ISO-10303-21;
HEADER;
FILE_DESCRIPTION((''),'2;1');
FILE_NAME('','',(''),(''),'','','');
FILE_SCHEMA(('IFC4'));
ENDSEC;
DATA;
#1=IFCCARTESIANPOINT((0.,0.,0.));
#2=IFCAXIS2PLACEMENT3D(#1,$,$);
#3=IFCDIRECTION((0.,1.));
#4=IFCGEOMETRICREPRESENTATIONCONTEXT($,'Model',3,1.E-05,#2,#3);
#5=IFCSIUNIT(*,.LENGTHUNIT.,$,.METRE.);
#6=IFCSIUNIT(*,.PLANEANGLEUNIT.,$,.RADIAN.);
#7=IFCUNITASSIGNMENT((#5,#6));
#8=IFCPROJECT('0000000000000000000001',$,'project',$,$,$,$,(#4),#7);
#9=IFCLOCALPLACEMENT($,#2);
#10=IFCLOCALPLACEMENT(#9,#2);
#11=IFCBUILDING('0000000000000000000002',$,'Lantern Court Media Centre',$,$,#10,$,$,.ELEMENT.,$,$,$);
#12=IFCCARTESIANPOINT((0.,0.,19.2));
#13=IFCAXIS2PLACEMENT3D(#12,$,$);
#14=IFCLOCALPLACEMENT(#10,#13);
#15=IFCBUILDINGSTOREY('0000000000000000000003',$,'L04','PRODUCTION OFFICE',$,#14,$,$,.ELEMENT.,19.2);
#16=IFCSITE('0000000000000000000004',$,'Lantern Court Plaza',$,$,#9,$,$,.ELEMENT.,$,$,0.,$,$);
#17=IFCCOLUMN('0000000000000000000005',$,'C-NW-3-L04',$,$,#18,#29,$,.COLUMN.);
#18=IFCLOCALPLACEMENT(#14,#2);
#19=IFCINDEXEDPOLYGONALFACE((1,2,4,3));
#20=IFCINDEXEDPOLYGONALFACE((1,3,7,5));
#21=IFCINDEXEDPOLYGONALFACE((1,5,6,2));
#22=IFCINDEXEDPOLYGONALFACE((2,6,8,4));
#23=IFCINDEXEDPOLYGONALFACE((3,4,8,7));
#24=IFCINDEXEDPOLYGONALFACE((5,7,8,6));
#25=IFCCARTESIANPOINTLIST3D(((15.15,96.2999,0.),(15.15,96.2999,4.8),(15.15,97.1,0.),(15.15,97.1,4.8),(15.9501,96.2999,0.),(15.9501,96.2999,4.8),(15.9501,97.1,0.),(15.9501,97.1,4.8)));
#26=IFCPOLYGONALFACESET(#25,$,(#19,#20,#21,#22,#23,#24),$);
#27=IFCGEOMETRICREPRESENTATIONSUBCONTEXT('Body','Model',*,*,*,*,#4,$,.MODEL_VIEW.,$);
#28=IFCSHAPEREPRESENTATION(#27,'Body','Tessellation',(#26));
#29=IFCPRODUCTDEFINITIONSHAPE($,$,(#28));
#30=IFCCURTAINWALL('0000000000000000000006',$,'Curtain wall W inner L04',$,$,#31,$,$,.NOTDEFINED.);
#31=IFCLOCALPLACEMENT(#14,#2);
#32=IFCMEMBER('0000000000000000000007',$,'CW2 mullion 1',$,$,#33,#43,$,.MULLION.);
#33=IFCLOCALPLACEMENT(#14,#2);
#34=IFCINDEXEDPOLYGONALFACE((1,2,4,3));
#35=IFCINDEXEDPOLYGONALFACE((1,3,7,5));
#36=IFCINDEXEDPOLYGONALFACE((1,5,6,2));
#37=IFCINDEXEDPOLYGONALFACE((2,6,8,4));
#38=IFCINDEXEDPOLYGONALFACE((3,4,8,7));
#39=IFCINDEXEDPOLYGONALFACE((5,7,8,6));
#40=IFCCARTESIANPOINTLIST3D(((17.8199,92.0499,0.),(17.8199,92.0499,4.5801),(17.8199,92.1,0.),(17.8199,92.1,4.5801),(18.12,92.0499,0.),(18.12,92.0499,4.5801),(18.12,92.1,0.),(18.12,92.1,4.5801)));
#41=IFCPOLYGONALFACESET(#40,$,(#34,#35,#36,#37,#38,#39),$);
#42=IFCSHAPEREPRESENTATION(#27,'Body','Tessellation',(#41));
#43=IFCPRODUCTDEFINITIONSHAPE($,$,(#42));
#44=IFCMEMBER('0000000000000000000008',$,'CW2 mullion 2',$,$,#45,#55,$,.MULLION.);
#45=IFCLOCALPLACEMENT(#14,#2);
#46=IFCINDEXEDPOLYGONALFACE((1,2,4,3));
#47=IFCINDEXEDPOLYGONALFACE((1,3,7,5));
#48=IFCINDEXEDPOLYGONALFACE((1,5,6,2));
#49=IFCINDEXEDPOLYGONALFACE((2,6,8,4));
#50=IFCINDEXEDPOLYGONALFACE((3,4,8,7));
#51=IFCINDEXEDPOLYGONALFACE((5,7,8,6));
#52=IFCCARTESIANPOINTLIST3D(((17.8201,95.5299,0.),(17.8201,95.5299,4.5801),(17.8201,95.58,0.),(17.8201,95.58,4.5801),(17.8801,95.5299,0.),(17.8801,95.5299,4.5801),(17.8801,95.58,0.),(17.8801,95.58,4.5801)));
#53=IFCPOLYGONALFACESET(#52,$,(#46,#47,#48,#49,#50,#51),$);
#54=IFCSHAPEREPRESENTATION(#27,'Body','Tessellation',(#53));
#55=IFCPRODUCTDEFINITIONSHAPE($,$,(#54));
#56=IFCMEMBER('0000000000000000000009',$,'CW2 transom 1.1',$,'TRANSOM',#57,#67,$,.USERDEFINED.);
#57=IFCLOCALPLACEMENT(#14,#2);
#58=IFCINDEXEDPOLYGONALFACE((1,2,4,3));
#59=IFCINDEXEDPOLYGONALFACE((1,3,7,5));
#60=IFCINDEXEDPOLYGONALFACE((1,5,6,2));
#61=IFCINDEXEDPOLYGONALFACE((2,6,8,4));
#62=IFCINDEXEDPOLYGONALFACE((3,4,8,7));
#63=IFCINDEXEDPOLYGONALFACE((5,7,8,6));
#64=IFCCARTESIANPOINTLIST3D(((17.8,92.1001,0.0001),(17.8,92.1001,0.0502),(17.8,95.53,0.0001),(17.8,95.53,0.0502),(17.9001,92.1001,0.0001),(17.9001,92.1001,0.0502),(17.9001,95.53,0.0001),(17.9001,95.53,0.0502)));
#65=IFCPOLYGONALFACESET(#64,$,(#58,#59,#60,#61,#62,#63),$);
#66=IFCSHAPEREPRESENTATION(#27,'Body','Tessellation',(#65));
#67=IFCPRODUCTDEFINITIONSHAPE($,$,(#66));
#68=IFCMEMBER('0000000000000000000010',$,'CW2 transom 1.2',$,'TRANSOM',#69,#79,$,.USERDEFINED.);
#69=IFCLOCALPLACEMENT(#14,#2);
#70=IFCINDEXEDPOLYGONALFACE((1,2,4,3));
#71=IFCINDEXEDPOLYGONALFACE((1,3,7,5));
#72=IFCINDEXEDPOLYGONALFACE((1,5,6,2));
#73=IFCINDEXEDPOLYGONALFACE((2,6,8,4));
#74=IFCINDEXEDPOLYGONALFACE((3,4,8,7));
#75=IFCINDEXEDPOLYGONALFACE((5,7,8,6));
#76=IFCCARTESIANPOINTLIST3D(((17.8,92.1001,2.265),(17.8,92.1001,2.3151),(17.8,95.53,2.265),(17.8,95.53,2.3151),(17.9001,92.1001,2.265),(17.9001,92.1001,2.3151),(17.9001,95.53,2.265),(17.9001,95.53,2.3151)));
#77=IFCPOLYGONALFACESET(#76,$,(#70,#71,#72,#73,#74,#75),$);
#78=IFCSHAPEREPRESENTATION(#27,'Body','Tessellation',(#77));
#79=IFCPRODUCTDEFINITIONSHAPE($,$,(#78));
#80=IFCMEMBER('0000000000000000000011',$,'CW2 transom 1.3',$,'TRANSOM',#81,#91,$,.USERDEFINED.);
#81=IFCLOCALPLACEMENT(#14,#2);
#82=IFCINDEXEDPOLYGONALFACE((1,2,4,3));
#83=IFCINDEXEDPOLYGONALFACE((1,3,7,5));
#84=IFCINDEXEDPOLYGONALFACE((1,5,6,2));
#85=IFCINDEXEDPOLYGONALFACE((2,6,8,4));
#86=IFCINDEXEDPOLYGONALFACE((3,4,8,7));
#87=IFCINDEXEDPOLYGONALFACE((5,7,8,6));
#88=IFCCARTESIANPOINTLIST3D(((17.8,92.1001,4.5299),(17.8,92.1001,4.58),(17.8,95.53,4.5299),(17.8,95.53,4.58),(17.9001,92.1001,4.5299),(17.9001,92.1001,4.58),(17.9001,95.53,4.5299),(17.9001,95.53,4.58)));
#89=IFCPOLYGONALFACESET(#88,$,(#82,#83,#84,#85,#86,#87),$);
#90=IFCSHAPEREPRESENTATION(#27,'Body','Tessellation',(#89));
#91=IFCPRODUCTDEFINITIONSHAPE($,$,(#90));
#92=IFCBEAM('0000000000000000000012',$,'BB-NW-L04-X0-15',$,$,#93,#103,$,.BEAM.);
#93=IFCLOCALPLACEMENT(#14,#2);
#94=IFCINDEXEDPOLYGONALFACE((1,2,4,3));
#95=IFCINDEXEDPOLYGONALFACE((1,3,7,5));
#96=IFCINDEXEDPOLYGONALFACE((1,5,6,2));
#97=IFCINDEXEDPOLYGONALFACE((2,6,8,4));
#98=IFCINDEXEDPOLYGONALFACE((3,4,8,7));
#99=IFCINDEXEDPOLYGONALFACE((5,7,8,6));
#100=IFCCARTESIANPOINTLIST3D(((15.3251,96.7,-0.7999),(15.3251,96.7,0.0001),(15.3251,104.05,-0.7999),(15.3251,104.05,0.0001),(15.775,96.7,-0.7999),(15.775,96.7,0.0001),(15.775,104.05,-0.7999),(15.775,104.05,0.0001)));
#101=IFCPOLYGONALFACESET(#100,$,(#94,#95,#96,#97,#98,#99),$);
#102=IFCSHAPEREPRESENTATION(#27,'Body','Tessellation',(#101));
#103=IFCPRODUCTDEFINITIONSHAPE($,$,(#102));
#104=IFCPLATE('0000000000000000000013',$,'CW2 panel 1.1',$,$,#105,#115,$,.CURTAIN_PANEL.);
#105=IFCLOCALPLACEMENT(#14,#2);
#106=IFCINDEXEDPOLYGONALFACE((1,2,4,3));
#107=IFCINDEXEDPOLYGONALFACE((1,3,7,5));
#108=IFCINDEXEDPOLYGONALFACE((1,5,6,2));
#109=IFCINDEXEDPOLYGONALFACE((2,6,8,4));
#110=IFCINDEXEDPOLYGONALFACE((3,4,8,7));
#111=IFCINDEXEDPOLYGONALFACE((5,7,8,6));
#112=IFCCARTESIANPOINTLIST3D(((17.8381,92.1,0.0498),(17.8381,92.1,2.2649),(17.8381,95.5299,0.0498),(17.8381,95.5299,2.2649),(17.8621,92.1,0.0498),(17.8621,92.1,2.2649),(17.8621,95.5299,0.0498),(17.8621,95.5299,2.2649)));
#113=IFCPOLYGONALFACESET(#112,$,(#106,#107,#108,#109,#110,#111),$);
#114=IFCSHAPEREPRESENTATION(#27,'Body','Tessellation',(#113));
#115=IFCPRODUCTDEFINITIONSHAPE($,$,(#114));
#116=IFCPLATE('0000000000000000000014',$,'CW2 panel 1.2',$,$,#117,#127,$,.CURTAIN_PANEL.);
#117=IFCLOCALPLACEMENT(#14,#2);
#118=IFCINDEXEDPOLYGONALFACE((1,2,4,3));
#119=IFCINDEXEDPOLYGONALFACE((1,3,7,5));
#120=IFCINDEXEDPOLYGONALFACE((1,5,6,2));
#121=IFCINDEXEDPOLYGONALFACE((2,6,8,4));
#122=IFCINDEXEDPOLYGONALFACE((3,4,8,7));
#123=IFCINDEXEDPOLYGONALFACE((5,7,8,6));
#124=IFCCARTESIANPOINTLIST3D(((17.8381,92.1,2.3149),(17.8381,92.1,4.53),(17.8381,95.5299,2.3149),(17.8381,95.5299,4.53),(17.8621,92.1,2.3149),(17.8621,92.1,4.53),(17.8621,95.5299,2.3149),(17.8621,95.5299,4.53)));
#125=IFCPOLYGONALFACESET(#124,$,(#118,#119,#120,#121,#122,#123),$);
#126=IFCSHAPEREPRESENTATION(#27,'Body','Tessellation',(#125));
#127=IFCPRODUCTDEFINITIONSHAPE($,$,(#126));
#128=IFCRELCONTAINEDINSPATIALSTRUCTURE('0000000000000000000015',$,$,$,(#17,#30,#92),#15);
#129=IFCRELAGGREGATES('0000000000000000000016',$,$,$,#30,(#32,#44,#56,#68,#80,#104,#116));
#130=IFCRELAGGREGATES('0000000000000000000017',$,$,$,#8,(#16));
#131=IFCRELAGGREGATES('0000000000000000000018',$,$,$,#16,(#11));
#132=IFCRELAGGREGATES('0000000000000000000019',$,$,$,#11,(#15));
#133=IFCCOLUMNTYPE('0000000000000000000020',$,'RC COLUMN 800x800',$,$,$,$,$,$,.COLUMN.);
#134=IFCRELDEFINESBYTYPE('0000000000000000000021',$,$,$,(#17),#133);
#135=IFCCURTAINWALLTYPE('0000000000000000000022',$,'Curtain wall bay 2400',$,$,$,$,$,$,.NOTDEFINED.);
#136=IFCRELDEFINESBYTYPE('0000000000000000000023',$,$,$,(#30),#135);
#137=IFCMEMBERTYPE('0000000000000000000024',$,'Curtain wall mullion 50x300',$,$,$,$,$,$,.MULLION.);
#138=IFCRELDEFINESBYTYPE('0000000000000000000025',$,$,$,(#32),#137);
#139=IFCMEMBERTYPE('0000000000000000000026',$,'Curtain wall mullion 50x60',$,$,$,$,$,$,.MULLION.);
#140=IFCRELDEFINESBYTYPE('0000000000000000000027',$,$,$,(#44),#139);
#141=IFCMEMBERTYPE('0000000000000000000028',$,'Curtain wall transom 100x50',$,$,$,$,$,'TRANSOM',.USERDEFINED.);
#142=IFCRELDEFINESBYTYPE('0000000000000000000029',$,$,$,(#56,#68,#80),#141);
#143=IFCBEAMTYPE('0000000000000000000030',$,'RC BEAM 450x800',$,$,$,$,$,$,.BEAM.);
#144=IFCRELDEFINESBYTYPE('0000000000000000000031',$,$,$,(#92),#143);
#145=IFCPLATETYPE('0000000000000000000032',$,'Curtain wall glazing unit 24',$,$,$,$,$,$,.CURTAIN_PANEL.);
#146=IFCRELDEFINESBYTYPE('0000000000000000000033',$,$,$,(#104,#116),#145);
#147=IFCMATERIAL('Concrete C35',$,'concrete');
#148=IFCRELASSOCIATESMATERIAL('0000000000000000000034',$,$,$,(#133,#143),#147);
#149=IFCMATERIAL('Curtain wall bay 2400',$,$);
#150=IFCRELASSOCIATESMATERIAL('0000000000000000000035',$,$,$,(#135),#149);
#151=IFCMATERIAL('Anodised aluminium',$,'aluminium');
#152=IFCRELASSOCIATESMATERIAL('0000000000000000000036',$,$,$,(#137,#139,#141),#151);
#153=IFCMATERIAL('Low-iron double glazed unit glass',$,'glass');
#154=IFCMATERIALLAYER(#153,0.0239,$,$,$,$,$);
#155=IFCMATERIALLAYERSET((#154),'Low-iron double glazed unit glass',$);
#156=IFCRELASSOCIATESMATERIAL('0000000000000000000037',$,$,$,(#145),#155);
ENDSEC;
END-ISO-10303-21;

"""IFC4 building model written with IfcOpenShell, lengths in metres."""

from ifc_helpers import new_model, si_unit, direction, frame, origin, origin_2d, place, context, subcontext, project, spatial, rectangle, extrude, material, layer, layer_set, material_profile, profile_set, type_object, element, aggregate, save


model = new_model("IFC4")

# Units and contexts
model_context = context("Model", 3, precision=1e-05, world=origin(), true_north=direction((0.0, 1.0)))
body_context = subcontext(model_context, "Body", "Model", "MODEL_VIEW")
ifc_project = project(units=[si_unit("LENGTHUNIT", "METRE"), si_unit("PLANEANGLEUNIT", "RADIAN")], contexts=[model_context])

# Site, building, storey
site_placement = place(None, origin())
site = spatial("IfcSite", under=ifc_project, at=site_placement, Name="Lantern Court Plaza", CompositionType="ELEMENT", RefElevation=0.0)
building_placement = place(site_placement, origin())
building = spatial("IfcBuilding", under=site, at=building_placement, Name="Lantern Court Media Centre", CompositionType="ELEMENT")
storey_placement = place(building_placement, frame((0.0, 0.0, 19.2)))
storey = spatial("IfcBuildingStorey", under=building, at=storey_placement, Name="L04", Description="PRODUCTION OFFICE", CompositionType="ELEMENT", Elevation=19.2)

# Column
ifc_material_1 = material(Name="Concrete C35", Category="concrete")
ifc_material_profile_1 = material_profile(ifc_material_1, rectangle(XDim=0.8, YDim=0.8, at=origin_2d()), Name="RC 800x800")
ifc_profile_set_1 = profile_set([ifc_material_profile_1], Name="Concrete C35")
column_type = type_object("IfcColumnType", Name="RC COLUMN 800x800", PredefinedType="COLUMN", material=ifc_profile_set_1)
column_placement = place(storey_placement, frame((15.55, 96.7, 0.0), z_axis=(0.0, 0.0, 1.0), x_axis=(1.0, 0.0, 0.0)))
element("IfcColumn", 1, at=column_placement, inside=storey, type_object=column_type, Name="C-NW-3-L04", PredefinedType="COLUMN", context=body_context, shape_type="SweptSolid", body=[
    extrude(rectangle(XDim=0.8, YDim=0.8, at=origin_2d()), origin(), (0.0, 0.0, 1.0), 4.8),
])

# Curtain wall, members
ifc_material_2 = material(Name="Curtain wall bay 2400")
curtain_wall_type = type_object("IfcCurtainWallType", Name="Curtain wall bay 2400", PredefinedType="NOTDEFINED", material=ifc_material_2)
curtain_wall_placement = place(storey_placement, origin())
curtain_wall = element("IfcCurtainWall", 2, at=curtain_wall_placement, inside=storey, type_object=curtain_wall_type, Name="Curtain wall W inner L04", PredefinedType="NOTDEFINED")
ifc_material_3 = material(Name="Anodised aluminium", Category="aluminium")
ifc_material_profile_2 = material_profile(ifc_material_3, rectangle(XDim=0.3, YDim=0.05, at=origin_2d()), Name="AL 50x300")
ifc_profile_set_2 = profile_set([ifc_material_profile_2], Name="Anodised aluminium")
member_type_1 = type_object("IfcMemberType", Name="Curtain wall mullion 50x300", PredefinedType="MULLION", material=ifc_profile_set_2)
member_1_placement = place(storey_placement, frame((17.97, 92.075, 0.0), z_axis=(0.0, 0.0, 1.0), x_axis=(-1.0, 0.0, 0.0)))
member_1 = element("IfcMember", 3, at=member_1_placement, type_object=member_type_1, Name="CW2 mullion 1", PredefinedType="MULLION", context=body_context, shape_type="SweptSolid", body=[
    extrude(rectangle(XDim=0.3, YDim=0.05, at=origin_2d()), origin(), (0.0, 0.0, 1.0), 4.5801),
])
ifc_material_profile_3 = material_profile(ifc_material_3, rectangle(XDim=0.0601, YDim=0.05, at=origin_2d()), Name="AL 50x60")
ifc_profile_set_3 = profile_set([ifc_material_profile_3], Name="Anodised aluminium")
member_type_2 = type_object("IfcMemberType", Name="Curtain wall mullion 50x60", PredefinedType="MULLION", material=ifc_profile_set_3)
member_2_placement = place(storey_placement, frame((17.8501, 95.5549, 0.0), z_axis=(0.0, 0.0, 1.0), x_axis=(-1.0, 0.0, 0.0)))
member_2 = element("IfcMember", 4, at=member_2_placement, type_object=member_type_2, Name="CW2 mullion 2", PredefinedType="MULLION", context=body_context, shape_type="SweptSolid", body=[
    extrude(rectangle(XDim=0.0601, YDim=0.05, at=origin_2d()), origin(), (0.0, 0.0, 1.0), 4.5801),
])
ifc_material_profile_4 = material_profile(ifc_material_3, rectangle(XDim=0.1001, YDim=0.05, at=origin_2d()), Name="AL 50x100")
ifc_profile_set_4 = profile_set([ifc_material_profile_4], Name="Anodised aluminium")
member_type_3 = type_object("IfcMemberType", Name="Curtain wall transom 100x50", ElementType="TRANSOM", PredefinedType="USERDEFINED", material=ifc_profile_set_4)
member_3_placement = place(storey_placement, frame((17.8501, 92.1001, 0.0251), z_axis=(0.0, 1.0, 0.0), x_axis=(-1.0, 0.0, 0.0)))
member_3 = element("IfcMember", 5, at=member_3_placement, type_object=member_type_3, Name="CW2 transom 1.1", ObjectType="TRANSOM", PredefinedType="USERDEFINED", context=body_context, shape_type="SweptSolid", body=[
    extrude(rectangle(XDim=0.1001, YDim=0.05, at=origin_2d()), origin(), (0.0, 0.0, 1.0), 3.4299),
])
member_4_placement = place(storey_placement, frame((17.8501, 92.1001, 2.29), z_axis=(0.0, 1.0, 0.0), x_axis=(-1.0, 0.0, 0.0)))
member_4 = element("IfcMember", 6, at=member_4_placement, type_object=member_type_3, Name="CW2 transom 1.2", ObjectType="TRANSOM", PredefinedType="USERDEFINED", context=body_context, shape_type="SweptSolid", body=[
    extrude(rectangle(XDim=0.1001, YDim=0.05, at=origin_2d()), origin(), (0.0, 0.0, 1.0), 3.4299),
])
member_5_placement = place(storey_placement, frame((17.8501, 92.1001, 4.5549), z_axis=(0.0, 1.0, 0.0), x_axis=(-1.0, 0.0, 0.0)))
member_5 = element("IfcMember", 7, at=member_5_placement, type_object=member_type_3, Name="CW2 transom 1.3", ObjectType="TRANSOM", PredefinedType="USERDEFINED", context=body_context, shape_type="SweptSolid", body=[
    extrude(rectangle(XDim=0.1001, YDim=0.05, at=origin_2d()), origin(), (0.0, 0.0, 1.0), 3.4299),
])

# Beam
ifc_material_profile_5 = material_profile(ifc_material_1, rectangle(XDim=0.45, YDim=0.8, at=origin_2d()), Name="RC 450x800")
ifc_profile_set_5 = profile_set([ifc_material_profile_5], Name="Concrete C35")
beam_type = type_object("IfcBeamType", Name="RC BEAM 450x800", PredefinedType="BEAM", material=ifc_profile_set_5)
beam_placement = place(storey_placement, frame((15.55, 96.7, -0.3999), z_axis=(0.0, 1.0, 0.0), x_axis=(-1.0, 0.0, 0.0)))
element("IfcBeam", 8, at=beam_placement, inside=storey, type_object=beam_type, Name="BB-NW-L04-X0-15", PredefinedType="BEAM", context=body_context, shape_type="SweptSolid", body=[
    extrude(rectangle(XDim=0.45, YDim=0.8, at=origin_2d()), origin(), (0.0, 0.0, 1.0), 7.3501),
])

# Plates
ifc_material_4 = material(Name="Low-iron double glazed unit glass", Category="glass")
ifc_layer_1 = layer(ifc_material_4, 0.0239)
ifc_layer_set_1 = layer_set([ifc_layer_1], Name="Low-iron double glazed unit glass")
plate_type = type_object("IfcPlateType", Name="Curtain wall glazing unit 24", PredefinedType="CURTAIN_PANEL", material=ifc_layer_set_1)
plate_1_placement = place(storey_placement, frame((17.8501, 93.8149, 0.0498), z_axis=(0.0, 0.0, 1.0), x_axis=(0.0, 1.0, 0.0)))
plate_1 = element("IfcPlate", 9, at=plate_1_placement, type_object=plate_type, Name="CW2 panel 1.1", PredefinedType="CURTAIN_PANEL", context=body_context, shape_type="SweptSolid", body=[
    extrude(rectangle(XDim=3.4299, YDim=0.0239, at=origin_2d()), origin(), (0.0, 0.0, 1.0), 2.2151),
])
plate_2_placement = place(storey_placement, frame((17.8501, 93.8149, 2.3149), z_axis=(0.0, 0.0, 1.0), x_axis=(0.0, 1.0, 0.0)))
plate_2 = element("IfcPlate", 10, at=plate_2_placement, type_object=plate_type, Name="CW2 panel 1.2", PredefinedType="CURTAIN_PANEL", context=body_context, shape_type="SweptSolid", body=[
    extrude(rectangle(XDim=3.4299, YDim=0.0239, at=origin_2d()), origin(), (0.0, 0.0, 1.0), 2.2151),
])
aggregate(curtain_wall, [member_1, member_2, member_3, member_4, member_5, plate_1, plate_2])

save(model, "model.ifc")
